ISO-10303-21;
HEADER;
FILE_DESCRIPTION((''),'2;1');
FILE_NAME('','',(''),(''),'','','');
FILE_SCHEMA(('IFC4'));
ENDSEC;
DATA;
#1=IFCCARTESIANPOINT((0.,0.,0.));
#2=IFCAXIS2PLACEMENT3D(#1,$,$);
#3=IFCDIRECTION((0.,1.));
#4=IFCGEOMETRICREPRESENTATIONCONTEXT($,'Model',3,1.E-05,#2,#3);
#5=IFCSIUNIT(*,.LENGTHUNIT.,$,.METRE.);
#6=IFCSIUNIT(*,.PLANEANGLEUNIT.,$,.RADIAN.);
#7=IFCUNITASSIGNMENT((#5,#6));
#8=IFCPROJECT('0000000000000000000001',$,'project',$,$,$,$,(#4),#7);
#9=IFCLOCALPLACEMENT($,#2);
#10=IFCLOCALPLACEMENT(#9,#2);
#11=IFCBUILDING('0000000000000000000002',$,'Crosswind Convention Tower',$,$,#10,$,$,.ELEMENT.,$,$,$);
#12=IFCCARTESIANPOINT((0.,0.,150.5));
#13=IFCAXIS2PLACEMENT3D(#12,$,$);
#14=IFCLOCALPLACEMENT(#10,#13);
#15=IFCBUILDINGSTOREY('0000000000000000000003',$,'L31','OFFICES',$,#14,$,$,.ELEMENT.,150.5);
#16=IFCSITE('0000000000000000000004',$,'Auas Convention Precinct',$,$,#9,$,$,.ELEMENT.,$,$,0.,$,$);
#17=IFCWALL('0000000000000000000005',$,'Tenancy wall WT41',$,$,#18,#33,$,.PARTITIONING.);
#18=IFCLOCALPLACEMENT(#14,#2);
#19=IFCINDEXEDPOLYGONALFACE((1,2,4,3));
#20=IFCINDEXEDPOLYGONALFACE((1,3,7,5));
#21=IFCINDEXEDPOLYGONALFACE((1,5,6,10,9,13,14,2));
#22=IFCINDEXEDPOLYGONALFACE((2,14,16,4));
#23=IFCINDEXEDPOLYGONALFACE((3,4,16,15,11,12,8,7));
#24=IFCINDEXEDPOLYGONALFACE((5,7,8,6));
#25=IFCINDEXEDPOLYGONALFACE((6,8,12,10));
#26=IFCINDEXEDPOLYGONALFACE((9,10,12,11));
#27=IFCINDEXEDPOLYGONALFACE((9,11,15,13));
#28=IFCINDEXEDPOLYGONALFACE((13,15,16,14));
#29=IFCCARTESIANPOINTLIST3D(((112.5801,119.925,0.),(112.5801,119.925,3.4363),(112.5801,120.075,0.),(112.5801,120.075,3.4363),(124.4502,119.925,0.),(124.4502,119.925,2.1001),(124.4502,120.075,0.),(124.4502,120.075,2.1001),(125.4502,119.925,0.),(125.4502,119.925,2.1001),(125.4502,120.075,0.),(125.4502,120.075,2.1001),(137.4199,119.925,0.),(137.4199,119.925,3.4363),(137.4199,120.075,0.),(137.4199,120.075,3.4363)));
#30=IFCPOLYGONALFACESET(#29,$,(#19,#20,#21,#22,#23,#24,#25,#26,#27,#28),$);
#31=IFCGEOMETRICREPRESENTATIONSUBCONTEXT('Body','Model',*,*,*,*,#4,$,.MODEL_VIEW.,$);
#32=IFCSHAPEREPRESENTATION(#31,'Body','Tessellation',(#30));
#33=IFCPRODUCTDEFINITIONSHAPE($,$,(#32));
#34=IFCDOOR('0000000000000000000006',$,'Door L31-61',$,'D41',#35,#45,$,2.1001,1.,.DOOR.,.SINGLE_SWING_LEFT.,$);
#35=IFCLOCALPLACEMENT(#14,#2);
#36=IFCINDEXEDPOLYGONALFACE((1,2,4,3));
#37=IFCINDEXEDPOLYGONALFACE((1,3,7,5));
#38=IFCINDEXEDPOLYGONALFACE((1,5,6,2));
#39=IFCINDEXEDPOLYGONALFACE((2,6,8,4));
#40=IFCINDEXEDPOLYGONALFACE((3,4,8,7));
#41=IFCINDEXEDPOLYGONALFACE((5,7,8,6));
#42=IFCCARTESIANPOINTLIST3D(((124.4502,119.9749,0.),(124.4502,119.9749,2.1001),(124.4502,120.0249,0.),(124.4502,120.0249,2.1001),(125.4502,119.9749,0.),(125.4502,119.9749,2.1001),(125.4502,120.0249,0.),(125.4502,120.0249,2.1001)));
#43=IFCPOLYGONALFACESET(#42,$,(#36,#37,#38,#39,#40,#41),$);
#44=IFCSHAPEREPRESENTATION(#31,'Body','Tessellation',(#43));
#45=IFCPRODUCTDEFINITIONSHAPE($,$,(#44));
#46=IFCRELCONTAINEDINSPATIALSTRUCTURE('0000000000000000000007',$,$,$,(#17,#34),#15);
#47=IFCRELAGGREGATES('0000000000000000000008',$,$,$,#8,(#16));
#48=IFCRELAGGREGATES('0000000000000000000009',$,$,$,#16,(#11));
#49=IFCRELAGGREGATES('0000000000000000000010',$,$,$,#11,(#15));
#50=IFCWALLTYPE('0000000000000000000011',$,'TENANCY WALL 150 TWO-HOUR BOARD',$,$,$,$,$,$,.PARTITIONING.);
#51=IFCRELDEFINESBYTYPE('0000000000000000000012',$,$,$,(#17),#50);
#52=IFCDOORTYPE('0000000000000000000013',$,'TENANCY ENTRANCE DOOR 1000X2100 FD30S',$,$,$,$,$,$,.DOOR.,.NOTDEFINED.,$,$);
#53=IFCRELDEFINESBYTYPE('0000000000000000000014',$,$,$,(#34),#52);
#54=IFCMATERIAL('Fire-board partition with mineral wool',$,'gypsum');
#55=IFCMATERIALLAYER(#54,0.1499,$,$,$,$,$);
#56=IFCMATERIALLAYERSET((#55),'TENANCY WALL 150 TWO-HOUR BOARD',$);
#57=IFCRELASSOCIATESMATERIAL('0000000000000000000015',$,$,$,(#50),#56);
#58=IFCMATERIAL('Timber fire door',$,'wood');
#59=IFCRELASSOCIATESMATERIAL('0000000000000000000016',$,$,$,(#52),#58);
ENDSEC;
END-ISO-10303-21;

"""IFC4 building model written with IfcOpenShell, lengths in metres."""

from ifc_helpers import new_model, si_unit, direction, frame, frame_2d, origin, place, context, subcontext, project, spatial, rectangle, extrude, material, layer, layer_set, type_object, element, fill, save


model = new_model("IFC4")

# Units and contexts
model_context = context("Model", 3, precision=1e-05, world=origin(), true_north=direction((0.0, 1.0)))
body_context = subcontext(model_context, "Body", "Model", "MODEL_VIEW")
ifc_project = project(units=[si_unit("LENGTHUNIT", "METRE"), si_unit("PLANEANGLEUNIT", "RADIAN")], contexts=[model_context])

# Site, building, storey
site_placement = place(None, origin())
site = spatial("IfcSite", under=ifc_project, at=site_placement, Name="Auas Convention Precinct", CompositionType="ELEMENT", RefElevation=0.0)
building_placement = place(site_placement, origin())
building = spatial("IfcBuilding", under=site, at=building_placement, Name="Crosswind Convention Tower", CompositionType="ELEMENT")
storey_placement = place(building_placement, frame((0.0, 0.0, 150.5)))
storey = spatial("IfcBuildingStorey", under=building, at=storey_placement, Name="L31", Description="OFFICES", CompositionType="ELEMENT", Elevation=150.5)

# Wall, opening, door
ifc_material_1 = material(Name="Fire-board partition with mineral wool", Category="gypsum")
ifc_layer_1 = layer(ifc_material_1, 0.1499)
ifc_layer_set_1 = layer_set([ifc_layer_1], Name="TENANCY WALL 150 TWO-HOUR BOARD")
wall_type = type_object("IfcWallType", Name="TENANCY WALL 150 TWO-HOUR BOARD", PredefinedType="PARTITIONING", material=ifc_layer_set_1)
wall_placement = place(storey_placement, frame((112.5801, 120.0, 0.0), z_axis=(0.0, 0.0, 1.0), x_axis=(1.0, 0.0, 0.0)))
wall = element("IfcWall", 1, at=wall_placement, inside=storey, type_object=wall_type, Name="Tenancy wall WT41", PredefinedType="PARTITIONING", context=body_context, shape_type="SweptSolid", body=[
    extrude(rectangle(XDim=24.8398, YDim=0.1499, at=frame_2d((12.4199, 0.0))), origin(), (0.0, 0.0, 1.0), 3.4363),
])
opening_placement = place(wall_placement, frame((11.8701, 0.0, 0.0)))
opening = element("IfcOpeningElement", 2, at=opening_placement, cuts=wall, PredefinedType="OPENING", context=body_context, shape_type="SweptSolid", body=[
    extrude(rectangle(XDim=1.0, YDim=2.1001, at=frame_2d((0.5, 1.05))), frame((0.0, 0.085, 0.0), z_axis=(0.0, -1.0, 0.0), x_axis=(1.0, 0.0, 0.0)), (0.0, 0.0, 1.0), 0.1699),
])
ifc_material_2 = material(Name="Timber fire door", Category="wood")
door_type = type_object("IfcDoorType", Name="TENANCY ENTRANCE DOOR 1000X2100 FD30S", OperationType="NOTDEFINED", PredefinedType="DOOR", material=ifc_material_2)
door_placement = place(opening_placement, origin())
door = element("IfcDoor", 3, at=door_placement, inside=storey, type_object=door_type, Name="Door L31-61", ObjectType="D41", OperationType="SINGLE_SWING_LEFT", OverallHeight=2.1001, OverallWidth=1.0, PredefinedType="DOOR", context=body_context, shape_type="SweptSolid", body=[
    extrude(rectangle(XDim=1.0, YDim=2.1001, at=frame_2d((0.5, 1.05))), frame((0.0, 0.0249, 0.0), z_axis=(0.0, -1.0, 0.0), x_axis=(1.0, 0.0, 0.0)), (0.0, 0.0, 1.0), 0.05),
])
fill(opening, door)

save(model, "model.ifc")
